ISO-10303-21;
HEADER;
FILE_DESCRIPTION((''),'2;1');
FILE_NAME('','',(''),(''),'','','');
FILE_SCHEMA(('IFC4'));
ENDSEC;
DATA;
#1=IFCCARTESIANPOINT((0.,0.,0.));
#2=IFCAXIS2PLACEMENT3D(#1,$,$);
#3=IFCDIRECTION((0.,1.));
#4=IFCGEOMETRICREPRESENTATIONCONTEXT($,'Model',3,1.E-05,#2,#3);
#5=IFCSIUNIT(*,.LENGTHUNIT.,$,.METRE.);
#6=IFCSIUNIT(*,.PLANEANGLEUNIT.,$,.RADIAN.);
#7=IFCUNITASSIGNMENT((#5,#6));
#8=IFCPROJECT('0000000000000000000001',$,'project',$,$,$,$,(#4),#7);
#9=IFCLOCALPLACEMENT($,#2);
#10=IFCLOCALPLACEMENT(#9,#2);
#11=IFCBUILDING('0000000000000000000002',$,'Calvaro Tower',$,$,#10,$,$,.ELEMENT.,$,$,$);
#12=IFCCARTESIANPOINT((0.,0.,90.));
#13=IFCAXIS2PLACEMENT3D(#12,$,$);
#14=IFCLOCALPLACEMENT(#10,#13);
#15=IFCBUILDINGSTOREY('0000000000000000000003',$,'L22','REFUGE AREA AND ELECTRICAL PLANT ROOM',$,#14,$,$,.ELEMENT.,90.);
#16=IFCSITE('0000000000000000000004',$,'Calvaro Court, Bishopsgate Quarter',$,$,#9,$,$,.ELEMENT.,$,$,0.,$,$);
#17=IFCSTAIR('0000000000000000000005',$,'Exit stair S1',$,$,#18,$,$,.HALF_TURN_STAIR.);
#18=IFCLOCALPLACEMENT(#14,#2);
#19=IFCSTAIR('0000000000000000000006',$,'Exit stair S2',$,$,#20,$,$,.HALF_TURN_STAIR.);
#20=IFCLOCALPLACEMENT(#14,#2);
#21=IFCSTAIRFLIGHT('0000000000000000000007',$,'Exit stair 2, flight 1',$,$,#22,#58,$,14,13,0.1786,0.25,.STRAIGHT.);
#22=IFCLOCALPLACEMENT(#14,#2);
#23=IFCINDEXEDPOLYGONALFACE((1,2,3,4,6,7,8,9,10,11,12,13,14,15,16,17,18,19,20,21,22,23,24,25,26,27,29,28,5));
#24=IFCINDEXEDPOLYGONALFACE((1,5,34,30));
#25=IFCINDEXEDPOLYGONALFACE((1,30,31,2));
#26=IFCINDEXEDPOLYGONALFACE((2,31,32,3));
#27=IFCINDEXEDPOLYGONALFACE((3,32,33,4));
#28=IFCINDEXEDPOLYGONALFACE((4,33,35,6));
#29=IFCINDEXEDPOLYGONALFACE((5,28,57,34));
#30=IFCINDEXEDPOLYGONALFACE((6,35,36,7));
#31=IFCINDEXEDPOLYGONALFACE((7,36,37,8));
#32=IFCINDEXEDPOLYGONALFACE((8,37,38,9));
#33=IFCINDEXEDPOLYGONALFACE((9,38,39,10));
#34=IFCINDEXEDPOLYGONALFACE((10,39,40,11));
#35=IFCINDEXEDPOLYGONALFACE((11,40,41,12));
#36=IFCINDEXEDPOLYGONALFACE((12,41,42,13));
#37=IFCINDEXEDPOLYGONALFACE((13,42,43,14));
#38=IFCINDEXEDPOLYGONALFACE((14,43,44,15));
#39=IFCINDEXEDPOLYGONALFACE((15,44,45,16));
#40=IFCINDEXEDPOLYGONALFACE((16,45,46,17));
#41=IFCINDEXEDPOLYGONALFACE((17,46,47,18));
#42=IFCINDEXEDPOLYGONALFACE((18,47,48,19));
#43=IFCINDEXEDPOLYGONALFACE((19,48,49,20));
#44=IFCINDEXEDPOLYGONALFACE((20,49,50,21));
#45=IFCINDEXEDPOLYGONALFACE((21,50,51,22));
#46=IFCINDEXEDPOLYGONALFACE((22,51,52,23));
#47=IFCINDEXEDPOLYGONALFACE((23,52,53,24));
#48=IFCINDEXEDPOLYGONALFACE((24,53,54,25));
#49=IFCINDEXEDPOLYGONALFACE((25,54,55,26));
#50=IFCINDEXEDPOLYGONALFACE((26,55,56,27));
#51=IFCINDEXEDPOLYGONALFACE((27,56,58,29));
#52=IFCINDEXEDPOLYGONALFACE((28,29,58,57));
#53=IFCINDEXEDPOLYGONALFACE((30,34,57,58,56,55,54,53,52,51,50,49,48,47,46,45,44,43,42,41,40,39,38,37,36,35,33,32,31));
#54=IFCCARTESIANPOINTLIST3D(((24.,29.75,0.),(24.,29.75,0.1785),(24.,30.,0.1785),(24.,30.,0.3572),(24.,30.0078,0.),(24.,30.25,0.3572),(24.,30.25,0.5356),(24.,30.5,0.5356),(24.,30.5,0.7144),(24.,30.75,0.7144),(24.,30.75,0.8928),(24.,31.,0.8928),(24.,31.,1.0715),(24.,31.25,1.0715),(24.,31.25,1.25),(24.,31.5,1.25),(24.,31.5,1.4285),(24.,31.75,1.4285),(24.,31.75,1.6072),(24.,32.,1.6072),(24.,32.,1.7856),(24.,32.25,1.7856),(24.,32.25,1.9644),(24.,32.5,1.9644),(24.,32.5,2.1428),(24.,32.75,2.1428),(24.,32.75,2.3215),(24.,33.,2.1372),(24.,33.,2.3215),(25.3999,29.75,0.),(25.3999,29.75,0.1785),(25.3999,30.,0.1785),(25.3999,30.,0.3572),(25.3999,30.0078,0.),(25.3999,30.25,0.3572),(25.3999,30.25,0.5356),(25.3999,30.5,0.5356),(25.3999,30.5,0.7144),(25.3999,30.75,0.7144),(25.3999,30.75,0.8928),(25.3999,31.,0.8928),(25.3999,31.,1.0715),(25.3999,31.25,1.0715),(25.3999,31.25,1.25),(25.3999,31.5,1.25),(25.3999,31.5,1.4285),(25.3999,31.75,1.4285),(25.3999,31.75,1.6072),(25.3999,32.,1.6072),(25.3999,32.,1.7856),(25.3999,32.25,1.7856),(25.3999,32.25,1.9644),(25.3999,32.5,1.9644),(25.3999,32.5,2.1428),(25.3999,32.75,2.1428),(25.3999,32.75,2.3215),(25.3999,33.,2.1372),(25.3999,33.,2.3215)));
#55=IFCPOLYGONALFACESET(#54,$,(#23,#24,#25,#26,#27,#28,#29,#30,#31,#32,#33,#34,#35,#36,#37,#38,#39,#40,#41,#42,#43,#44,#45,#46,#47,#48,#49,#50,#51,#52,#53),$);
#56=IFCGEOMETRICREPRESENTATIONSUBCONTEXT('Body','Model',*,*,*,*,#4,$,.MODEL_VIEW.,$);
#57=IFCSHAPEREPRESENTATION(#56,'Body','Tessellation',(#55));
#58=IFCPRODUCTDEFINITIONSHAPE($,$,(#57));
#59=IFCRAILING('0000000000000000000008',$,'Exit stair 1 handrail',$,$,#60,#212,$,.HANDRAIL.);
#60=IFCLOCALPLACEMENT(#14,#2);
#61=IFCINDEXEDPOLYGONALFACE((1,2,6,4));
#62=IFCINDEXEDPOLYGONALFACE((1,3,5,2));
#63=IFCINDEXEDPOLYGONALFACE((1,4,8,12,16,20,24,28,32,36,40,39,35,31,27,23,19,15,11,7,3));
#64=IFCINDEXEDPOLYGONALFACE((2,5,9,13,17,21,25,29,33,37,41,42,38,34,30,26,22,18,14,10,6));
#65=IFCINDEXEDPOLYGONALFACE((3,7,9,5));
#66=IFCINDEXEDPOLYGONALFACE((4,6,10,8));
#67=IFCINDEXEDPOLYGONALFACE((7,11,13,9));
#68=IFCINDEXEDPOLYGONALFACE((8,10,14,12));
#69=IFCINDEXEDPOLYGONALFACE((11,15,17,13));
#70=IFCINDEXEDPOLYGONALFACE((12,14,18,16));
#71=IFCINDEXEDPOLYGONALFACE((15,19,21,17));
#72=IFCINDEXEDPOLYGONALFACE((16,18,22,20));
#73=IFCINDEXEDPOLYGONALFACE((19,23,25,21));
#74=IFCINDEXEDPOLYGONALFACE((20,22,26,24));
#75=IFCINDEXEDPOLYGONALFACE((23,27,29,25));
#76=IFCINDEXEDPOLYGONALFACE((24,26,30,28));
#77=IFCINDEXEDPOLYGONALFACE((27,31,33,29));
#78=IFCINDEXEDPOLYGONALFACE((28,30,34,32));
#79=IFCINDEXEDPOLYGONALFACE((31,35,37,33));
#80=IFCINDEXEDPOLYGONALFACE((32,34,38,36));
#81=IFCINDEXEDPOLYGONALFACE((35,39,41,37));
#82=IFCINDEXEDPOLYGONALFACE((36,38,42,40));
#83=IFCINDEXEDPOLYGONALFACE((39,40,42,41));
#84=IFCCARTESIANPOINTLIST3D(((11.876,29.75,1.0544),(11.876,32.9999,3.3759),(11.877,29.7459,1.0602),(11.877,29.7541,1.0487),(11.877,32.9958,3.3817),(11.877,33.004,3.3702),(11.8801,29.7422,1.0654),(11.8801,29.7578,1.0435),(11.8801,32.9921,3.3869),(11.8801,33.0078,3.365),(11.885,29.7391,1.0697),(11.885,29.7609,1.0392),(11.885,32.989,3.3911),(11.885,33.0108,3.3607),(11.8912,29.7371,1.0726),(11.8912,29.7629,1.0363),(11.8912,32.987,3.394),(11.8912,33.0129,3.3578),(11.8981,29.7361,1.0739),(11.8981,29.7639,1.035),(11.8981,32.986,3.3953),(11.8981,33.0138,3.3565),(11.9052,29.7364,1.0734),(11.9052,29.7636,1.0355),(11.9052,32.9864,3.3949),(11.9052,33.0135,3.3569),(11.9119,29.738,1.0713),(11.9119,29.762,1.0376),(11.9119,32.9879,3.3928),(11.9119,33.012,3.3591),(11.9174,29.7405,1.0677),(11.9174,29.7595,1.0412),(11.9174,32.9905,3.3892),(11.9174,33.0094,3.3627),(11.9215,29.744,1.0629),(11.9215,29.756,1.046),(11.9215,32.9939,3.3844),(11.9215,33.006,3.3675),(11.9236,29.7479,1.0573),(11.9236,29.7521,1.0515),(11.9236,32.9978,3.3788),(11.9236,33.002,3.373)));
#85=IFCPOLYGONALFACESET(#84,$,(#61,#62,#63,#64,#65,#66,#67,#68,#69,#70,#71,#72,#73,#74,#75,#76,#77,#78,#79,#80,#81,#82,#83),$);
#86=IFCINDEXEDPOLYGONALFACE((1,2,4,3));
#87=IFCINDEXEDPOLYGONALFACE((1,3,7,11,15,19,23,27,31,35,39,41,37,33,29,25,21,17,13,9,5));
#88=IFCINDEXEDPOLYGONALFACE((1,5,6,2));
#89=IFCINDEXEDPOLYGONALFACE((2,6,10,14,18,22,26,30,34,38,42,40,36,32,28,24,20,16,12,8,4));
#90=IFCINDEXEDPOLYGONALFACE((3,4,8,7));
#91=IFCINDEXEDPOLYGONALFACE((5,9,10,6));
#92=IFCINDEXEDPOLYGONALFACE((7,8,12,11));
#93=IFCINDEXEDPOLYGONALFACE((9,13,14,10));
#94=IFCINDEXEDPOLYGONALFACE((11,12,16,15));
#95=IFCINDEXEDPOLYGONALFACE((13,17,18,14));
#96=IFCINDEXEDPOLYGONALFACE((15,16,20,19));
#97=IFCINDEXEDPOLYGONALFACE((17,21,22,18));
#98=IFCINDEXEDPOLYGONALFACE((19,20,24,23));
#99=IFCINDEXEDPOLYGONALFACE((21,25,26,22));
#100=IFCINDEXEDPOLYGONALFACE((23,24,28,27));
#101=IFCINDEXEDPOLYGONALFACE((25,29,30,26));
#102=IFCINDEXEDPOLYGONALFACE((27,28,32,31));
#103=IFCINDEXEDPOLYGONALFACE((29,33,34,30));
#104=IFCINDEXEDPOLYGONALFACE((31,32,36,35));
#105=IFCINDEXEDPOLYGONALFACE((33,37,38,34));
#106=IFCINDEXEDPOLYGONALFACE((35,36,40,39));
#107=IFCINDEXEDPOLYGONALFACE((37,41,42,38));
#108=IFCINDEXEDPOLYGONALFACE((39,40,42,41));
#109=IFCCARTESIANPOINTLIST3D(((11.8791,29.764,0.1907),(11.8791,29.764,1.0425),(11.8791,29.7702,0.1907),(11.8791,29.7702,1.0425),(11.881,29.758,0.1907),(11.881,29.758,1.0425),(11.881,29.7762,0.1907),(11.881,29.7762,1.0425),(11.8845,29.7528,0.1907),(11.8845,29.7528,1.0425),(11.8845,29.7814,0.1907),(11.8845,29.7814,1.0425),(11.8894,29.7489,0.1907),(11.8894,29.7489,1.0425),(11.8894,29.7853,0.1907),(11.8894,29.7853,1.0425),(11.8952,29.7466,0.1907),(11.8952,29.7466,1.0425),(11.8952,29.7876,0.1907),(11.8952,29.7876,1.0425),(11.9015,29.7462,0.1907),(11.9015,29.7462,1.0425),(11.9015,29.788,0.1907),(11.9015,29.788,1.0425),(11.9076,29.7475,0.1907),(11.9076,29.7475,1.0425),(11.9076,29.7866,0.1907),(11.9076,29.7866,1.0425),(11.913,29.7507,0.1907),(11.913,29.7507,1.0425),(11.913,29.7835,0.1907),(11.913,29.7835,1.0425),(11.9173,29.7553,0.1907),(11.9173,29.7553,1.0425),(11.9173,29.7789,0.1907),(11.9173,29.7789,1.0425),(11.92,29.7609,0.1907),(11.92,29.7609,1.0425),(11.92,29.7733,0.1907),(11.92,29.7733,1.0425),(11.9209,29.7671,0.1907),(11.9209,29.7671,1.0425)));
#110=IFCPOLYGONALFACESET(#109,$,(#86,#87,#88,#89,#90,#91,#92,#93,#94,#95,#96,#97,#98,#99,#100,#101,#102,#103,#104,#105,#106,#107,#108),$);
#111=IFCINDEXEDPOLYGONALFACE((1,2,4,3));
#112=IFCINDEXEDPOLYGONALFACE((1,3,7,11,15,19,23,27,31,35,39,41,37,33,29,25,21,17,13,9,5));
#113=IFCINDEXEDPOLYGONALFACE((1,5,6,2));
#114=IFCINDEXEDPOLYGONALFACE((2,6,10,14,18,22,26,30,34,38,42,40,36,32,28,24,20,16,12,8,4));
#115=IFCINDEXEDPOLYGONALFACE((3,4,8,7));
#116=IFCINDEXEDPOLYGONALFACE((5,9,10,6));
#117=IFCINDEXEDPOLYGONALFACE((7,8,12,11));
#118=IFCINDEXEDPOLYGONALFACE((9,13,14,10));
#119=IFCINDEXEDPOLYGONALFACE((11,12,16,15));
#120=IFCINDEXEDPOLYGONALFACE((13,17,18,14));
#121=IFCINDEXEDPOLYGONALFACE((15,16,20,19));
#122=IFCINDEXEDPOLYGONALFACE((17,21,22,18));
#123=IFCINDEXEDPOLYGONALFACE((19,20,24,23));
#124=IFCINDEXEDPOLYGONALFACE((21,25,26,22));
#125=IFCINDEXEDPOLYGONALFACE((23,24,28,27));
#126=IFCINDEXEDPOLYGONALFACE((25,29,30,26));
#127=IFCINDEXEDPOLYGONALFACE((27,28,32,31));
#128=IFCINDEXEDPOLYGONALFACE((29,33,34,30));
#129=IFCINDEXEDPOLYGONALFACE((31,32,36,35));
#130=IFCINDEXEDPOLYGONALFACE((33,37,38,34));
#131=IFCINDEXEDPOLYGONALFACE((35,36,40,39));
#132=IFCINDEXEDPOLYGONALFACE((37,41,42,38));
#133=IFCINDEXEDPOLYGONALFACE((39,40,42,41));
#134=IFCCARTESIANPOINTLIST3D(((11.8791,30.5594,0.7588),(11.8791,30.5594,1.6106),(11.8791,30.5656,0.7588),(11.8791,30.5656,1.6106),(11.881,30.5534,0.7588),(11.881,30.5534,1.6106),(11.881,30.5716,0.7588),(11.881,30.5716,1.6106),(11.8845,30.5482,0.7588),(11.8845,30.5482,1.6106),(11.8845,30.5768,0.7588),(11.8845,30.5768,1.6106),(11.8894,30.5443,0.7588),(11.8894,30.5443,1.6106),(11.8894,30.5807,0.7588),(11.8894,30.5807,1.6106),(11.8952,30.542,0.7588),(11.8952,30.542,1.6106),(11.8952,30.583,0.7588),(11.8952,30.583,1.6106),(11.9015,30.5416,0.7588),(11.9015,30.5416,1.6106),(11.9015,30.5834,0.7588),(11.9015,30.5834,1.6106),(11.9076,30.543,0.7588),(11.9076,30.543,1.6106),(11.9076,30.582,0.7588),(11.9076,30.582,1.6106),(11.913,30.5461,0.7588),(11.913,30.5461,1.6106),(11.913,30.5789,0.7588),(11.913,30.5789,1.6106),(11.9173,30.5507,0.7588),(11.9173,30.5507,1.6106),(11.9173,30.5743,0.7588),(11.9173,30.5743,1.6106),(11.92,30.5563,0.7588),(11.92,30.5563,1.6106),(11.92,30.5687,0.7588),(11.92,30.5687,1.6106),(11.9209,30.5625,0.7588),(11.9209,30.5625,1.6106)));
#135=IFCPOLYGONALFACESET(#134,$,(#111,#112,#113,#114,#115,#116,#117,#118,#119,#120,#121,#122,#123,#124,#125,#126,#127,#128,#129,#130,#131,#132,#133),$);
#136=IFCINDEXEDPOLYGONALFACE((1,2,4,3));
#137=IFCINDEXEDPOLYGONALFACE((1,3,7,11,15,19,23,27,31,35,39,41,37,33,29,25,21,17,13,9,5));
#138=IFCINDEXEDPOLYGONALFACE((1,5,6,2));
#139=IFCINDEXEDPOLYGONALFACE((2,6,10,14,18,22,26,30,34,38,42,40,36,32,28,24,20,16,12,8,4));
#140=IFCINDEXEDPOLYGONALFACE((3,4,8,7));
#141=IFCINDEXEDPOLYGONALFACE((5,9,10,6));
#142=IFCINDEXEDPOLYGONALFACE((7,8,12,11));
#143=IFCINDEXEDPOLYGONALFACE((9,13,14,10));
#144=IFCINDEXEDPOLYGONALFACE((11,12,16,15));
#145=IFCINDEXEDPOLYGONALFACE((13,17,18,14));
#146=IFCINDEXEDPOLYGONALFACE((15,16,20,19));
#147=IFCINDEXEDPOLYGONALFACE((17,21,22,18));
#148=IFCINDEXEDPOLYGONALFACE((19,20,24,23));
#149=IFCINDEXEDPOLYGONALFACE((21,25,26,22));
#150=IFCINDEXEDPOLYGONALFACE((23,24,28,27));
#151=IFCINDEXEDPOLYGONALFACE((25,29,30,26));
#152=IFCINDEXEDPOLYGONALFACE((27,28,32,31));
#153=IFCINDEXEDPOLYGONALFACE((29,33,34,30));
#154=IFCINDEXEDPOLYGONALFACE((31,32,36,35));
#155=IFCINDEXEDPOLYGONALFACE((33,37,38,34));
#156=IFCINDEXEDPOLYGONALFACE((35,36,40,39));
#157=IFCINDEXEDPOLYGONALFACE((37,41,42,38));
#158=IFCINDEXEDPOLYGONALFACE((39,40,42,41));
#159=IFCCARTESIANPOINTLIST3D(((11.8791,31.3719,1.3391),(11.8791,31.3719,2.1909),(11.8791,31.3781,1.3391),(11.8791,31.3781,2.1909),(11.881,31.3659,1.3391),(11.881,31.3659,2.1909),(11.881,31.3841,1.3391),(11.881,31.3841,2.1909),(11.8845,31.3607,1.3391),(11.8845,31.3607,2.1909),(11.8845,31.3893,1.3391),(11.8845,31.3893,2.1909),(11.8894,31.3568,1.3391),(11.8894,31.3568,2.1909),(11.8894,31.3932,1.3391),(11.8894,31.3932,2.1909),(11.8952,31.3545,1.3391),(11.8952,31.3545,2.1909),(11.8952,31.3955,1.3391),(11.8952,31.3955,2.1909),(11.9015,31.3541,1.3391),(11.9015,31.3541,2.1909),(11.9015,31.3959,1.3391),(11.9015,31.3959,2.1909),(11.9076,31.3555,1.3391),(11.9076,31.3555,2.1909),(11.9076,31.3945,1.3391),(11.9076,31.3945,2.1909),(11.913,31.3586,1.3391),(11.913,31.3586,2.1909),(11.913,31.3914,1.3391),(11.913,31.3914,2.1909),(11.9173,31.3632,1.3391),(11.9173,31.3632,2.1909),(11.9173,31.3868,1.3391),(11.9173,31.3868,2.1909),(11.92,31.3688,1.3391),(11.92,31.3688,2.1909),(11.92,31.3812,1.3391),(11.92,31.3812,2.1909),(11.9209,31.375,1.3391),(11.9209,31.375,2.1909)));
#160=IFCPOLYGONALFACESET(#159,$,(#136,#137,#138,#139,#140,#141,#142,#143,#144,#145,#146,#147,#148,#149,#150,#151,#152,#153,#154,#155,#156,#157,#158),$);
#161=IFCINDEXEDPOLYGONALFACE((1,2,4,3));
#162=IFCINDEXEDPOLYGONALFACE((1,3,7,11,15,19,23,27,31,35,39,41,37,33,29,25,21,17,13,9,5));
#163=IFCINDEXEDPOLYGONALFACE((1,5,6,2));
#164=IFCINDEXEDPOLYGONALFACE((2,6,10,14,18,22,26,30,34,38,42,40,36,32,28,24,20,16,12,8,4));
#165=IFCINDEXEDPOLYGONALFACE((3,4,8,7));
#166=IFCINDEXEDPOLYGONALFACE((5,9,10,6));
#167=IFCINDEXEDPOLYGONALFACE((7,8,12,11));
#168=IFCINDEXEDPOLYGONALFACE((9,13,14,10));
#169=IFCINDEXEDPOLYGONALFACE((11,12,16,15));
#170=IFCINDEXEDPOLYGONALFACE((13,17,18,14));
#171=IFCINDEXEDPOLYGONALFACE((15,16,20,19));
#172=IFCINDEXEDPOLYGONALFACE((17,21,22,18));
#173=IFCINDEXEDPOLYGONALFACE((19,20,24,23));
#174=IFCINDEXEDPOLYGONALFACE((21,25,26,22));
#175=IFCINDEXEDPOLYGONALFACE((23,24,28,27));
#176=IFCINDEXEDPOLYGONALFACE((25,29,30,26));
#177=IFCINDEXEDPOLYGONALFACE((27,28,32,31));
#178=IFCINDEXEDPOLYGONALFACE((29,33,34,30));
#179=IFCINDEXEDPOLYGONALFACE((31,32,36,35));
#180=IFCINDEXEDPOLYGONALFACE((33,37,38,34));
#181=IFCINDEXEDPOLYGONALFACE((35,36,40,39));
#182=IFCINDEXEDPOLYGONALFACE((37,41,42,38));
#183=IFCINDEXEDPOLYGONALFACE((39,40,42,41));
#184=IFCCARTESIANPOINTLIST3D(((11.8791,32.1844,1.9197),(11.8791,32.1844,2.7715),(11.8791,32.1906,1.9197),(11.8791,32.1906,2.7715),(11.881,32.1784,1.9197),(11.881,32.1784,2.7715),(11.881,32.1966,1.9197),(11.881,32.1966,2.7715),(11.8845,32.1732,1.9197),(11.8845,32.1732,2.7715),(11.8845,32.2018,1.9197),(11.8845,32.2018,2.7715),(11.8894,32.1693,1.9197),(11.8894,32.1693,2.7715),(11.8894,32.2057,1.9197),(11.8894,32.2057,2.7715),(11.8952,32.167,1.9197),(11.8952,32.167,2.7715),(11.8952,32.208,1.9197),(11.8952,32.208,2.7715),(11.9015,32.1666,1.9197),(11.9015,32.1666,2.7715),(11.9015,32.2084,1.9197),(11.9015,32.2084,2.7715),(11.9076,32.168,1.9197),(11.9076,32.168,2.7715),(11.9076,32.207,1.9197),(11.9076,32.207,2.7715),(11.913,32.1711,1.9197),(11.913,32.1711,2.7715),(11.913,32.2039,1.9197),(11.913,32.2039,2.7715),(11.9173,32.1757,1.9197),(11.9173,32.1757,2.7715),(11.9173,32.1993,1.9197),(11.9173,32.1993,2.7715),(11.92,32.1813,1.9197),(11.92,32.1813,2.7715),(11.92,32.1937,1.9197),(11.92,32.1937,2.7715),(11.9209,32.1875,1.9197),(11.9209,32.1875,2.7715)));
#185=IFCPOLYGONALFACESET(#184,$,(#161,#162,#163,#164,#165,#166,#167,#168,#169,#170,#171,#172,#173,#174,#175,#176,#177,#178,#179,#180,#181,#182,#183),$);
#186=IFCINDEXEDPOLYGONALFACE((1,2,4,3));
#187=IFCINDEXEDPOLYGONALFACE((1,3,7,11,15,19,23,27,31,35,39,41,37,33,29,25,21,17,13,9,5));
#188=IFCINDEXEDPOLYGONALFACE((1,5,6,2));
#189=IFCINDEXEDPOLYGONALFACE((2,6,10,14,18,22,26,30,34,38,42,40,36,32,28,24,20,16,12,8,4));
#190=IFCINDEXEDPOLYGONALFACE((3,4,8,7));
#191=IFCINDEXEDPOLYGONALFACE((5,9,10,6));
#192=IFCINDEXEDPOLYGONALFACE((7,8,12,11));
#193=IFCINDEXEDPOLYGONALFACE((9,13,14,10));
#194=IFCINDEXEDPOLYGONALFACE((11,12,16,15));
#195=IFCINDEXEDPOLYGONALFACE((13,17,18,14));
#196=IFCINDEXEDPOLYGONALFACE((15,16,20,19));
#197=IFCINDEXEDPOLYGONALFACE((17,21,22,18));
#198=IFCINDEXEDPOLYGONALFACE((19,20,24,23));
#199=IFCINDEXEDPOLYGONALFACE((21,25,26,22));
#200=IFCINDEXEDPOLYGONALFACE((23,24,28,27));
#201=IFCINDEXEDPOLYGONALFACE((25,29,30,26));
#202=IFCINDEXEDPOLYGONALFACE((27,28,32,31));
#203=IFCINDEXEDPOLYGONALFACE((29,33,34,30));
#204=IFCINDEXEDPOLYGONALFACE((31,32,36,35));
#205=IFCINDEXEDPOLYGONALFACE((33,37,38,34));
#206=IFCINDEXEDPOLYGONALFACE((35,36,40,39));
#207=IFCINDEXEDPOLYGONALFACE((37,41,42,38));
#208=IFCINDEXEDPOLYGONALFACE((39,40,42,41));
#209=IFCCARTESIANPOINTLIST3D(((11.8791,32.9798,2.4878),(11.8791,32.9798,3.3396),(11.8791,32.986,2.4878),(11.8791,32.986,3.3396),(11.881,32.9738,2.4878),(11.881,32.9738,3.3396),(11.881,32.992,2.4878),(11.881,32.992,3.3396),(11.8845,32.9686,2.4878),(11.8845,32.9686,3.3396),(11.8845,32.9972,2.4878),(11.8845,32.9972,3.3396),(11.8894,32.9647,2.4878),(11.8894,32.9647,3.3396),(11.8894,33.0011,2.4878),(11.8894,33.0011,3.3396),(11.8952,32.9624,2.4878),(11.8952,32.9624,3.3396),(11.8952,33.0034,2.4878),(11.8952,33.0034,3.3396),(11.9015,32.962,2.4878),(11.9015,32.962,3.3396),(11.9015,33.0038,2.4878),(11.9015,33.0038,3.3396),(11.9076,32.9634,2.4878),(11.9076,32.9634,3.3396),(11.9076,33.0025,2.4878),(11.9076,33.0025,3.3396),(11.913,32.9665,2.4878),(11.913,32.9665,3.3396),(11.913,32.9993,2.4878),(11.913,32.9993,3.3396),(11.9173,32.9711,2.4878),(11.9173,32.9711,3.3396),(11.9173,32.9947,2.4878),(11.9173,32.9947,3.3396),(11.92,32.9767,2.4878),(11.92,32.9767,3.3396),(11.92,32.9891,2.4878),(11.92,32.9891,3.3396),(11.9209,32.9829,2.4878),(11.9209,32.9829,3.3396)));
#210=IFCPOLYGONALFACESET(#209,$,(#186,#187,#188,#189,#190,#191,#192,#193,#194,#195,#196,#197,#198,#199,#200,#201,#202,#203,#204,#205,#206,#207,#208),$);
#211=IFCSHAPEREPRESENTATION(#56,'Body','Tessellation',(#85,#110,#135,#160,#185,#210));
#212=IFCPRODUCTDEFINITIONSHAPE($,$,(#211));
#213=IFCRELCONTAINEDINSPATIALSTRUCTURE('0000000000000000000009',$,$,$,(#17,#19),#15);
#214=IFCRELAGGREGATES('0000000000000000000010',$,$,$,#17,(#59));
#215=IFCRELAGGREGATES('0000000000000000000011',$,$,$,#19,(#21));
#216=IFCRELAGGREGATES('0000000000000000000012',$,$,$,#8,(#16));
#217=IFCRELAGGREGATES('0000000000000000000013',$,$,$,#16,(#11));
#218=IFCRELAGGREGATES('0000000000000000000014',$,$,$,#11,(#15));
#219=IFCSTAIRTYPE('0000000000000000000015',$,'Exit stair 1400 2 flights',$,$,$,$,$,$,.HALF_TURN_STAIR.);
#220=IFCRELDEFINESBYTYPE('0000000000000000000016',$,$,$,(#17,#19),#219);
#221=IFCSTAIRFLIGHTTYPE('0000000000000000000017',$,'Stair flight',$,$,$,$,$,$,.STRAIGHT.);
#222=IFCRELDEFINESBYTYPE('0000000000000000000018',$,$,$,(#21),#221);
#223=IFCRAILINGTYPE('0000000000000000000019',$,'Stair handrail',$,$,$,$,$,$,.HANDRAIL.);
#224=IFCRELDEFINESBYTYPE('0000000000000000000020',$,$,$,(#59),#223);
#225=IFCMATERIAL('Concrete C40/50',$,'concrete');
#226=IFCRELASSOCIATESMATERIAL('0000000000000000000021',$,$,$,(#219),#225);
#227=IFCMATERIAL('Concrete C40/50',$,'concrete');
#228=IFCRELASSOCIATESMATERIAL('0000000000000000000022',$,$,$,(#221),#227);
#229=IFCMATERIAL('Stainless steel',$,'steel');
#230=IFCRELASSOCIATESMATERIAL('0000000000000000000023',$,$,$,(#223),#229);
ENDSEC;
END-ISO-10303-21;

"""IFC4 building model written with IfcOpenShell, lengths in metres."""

from ifc_helpers import new_model, si_unit, direction, frame, origin, origin_2d, place, context, subcontext, project, spatial, polyline, circle, outline, extrude, material, type_object, element, aggregate, save


model = new_model("IFC4")

# Units and contexts
model_context = context("Model", 3, precision=1e-05, world=origin(), true_north=direction((0.0, 1.0)))
body_context = subcontext(model_context, "Body", "Model", "MODEL_VIEW")
ifc_project = project(units=[si_unit("LENGTHUNIT", "METRE"), si_unit("PLANEANGLEUNIT", "RADIAN")], contexts=[model_context])

# Site, building, storey
site_placement = place(None, origin())
site = spatial("IfcSite", under=ifc_project, at=site_placement, Name="Calvaro Court, Bishopsgate Quarter", CompositionType="ELEMENT", RefElevation=0.0)
building_placement = place(site_placement, origin())
building = spatial("IfcBuilding", under=site, at=building_placement, Name="Calvaro Tower", CompositionType="ELEMENT")
storey_placement = place(building_placement, frame((0.0, 0.0, 90.0)))
storey = spatial("IfcBuildingStorey", under=building, at=storey_placement, Name="L22", Description="REFUGE AREA AND ELECTRICAL PLANT ROOM", CompositionType="ELEMENT", Elevation=90.0)

# Stairs, stair flight
ifc_material_1 = material(Name="Concrete C40/50", Category="concrete")
stair_type = type_object("IfcStairType", Name="Exit stair 1400 2 flights", PredefinedType="HALF_TURN_STAIR", material=ifc_material_1)
stair_1_placement = place(storey_placement, origin())
stair_1 = element("IfcStair", 1, at=stair_1_placement, inside=storey, type_object=stair_type, Name="Exit stair S1", PredefinedType="HALF_TURN_STAIR")
ifc_material_2 = material(Name="Concrete C40/50", Category="concrete")
stair_flight_type = type_object("IfcStairFlightType", Name="Stair flight", PredefinedType="STRAIGHT", material=ifc_material_2)
stair_2_placement = place(storey_placement, origin())
stair_2 = element("IfcStair", 2, at=stair_2_placement, inside=storey, type_object=stair_type, Name="Exit stair S2", PredefinedType="HALF_TURN_STAIR")
stair_flight_1_placement = place(storey_placement, frame((24.7, 29.75, 0.0), z_axis=(0.0, 0.0, 1.0), x_axis=(0.0, 1.0, 0.0)))
stair_flight_1 = element("IfcStairFlight", 3, at=stair_flight_1_placement, type_object=stair_flight_type, Name="Exit stair 2, flight 1", NumberOfRisers=14, NumberOfTreads=13, PredefinedType="STRAIGHT", RiserHeight=0.1786, TreadLength=0.25, context=body_context, shape_type="SweptSolid", body=[
    extrude(outline(polyline([(0.0, 0.0), (0.0, 0.1785), (0.25, 0.1785), (0.25, 0.3572), (0.5, 0.3572), (0.5, 0.5356), (0.75, 0.5356), (0.75, 0.7144), (1.0, 0.7144), (1.0, 0.8928), (1.25, 0.8928), (1.25, 1.0715), (1.5, 1.0715), (1.5, 1.25), (1.75, 1.25), (1.75, 1.4285), (2.0, 1.4285), (2.0, 1.6072), (2.25, 1.6072), (2.25, 1.7856), (2.5, 1.7856), (2.5, 1.9644), (2.75, 1.9644), (2.75, 2.1428), (3.0, 2.1428), (3.0, 2.3215), (3.25, 2.3215), (3.25, 2.5), (3.25, 2.1372), (0.2578, 0.0), (0.0, 0.0)])), frame((0.0, 0.7, 0.0), z_axis=(0.0, -1.0, 0.0), x_axis=(1.0, 0.0, 0.0)), (0.0, 0.0, 1.0), 1.3999),
])

# Railing
ifc_material_3 = material(Name="Stainless steel", Category="steel")
railing_type = type_object("IfcRailingType", Name="Stair handrail", PredefinedType="HANDRAIL", material=ifc_material_3)
railing_1_placement = place(storey_placement, frame((11.8999, 29.75, 0.1785)))
railing_1 = element("IfcRailing", 4, at=railing_1_placement, type_object=railing_type, Name="Exit stair 1 handrail", PredefinedType="HANDRAIL", context=body_context, shape_type="SweptSolid", body=[
    extrude(circle(Radius=0.0239, at=origin_2d()), frame((0.0, 0.0, 0.876), z_axis=(0.0, 0.813721, 0.581256), x_axis=(-1.0, 0.0, 0.0)), (0.0, 0.0, 1.0), 3.9939),
    extrude(circle(Radius=0.021, at=origin_2d()), frame((0.0, 0.0171, 0.0122)), (0.0, 0.0, 1.0), 0.8518),
    extrude(circle(Radius=0.021, at=origin_2d()), frame((0.0, 0.8125, 0.5803)), (0.0, 0.0, 1.0), 0.8518),
    extrude(circle(Radius=0.021, at=origin_2d()), frame((0.0, 1.625, 1.1606)), (0.0, 0.0, 1.0), 0.8518),
    extrude(circle(Radius=0.021, at=origin_2d()), frame((0.0, 2.4375, 1.7412)), (0.0, 0.0, 1.0), 0.8518),
    extrude(circle(Radius=0.021, at=origin_2d()), frame((0.0, 3.2329, 2.3093)), (0.0, 0.0, 1.0), 0.8518),
])
aggregate(stair_1, [railing_1])
aggregate(stair_2, [stair_flight_1])

save(model, "model.ifc")
